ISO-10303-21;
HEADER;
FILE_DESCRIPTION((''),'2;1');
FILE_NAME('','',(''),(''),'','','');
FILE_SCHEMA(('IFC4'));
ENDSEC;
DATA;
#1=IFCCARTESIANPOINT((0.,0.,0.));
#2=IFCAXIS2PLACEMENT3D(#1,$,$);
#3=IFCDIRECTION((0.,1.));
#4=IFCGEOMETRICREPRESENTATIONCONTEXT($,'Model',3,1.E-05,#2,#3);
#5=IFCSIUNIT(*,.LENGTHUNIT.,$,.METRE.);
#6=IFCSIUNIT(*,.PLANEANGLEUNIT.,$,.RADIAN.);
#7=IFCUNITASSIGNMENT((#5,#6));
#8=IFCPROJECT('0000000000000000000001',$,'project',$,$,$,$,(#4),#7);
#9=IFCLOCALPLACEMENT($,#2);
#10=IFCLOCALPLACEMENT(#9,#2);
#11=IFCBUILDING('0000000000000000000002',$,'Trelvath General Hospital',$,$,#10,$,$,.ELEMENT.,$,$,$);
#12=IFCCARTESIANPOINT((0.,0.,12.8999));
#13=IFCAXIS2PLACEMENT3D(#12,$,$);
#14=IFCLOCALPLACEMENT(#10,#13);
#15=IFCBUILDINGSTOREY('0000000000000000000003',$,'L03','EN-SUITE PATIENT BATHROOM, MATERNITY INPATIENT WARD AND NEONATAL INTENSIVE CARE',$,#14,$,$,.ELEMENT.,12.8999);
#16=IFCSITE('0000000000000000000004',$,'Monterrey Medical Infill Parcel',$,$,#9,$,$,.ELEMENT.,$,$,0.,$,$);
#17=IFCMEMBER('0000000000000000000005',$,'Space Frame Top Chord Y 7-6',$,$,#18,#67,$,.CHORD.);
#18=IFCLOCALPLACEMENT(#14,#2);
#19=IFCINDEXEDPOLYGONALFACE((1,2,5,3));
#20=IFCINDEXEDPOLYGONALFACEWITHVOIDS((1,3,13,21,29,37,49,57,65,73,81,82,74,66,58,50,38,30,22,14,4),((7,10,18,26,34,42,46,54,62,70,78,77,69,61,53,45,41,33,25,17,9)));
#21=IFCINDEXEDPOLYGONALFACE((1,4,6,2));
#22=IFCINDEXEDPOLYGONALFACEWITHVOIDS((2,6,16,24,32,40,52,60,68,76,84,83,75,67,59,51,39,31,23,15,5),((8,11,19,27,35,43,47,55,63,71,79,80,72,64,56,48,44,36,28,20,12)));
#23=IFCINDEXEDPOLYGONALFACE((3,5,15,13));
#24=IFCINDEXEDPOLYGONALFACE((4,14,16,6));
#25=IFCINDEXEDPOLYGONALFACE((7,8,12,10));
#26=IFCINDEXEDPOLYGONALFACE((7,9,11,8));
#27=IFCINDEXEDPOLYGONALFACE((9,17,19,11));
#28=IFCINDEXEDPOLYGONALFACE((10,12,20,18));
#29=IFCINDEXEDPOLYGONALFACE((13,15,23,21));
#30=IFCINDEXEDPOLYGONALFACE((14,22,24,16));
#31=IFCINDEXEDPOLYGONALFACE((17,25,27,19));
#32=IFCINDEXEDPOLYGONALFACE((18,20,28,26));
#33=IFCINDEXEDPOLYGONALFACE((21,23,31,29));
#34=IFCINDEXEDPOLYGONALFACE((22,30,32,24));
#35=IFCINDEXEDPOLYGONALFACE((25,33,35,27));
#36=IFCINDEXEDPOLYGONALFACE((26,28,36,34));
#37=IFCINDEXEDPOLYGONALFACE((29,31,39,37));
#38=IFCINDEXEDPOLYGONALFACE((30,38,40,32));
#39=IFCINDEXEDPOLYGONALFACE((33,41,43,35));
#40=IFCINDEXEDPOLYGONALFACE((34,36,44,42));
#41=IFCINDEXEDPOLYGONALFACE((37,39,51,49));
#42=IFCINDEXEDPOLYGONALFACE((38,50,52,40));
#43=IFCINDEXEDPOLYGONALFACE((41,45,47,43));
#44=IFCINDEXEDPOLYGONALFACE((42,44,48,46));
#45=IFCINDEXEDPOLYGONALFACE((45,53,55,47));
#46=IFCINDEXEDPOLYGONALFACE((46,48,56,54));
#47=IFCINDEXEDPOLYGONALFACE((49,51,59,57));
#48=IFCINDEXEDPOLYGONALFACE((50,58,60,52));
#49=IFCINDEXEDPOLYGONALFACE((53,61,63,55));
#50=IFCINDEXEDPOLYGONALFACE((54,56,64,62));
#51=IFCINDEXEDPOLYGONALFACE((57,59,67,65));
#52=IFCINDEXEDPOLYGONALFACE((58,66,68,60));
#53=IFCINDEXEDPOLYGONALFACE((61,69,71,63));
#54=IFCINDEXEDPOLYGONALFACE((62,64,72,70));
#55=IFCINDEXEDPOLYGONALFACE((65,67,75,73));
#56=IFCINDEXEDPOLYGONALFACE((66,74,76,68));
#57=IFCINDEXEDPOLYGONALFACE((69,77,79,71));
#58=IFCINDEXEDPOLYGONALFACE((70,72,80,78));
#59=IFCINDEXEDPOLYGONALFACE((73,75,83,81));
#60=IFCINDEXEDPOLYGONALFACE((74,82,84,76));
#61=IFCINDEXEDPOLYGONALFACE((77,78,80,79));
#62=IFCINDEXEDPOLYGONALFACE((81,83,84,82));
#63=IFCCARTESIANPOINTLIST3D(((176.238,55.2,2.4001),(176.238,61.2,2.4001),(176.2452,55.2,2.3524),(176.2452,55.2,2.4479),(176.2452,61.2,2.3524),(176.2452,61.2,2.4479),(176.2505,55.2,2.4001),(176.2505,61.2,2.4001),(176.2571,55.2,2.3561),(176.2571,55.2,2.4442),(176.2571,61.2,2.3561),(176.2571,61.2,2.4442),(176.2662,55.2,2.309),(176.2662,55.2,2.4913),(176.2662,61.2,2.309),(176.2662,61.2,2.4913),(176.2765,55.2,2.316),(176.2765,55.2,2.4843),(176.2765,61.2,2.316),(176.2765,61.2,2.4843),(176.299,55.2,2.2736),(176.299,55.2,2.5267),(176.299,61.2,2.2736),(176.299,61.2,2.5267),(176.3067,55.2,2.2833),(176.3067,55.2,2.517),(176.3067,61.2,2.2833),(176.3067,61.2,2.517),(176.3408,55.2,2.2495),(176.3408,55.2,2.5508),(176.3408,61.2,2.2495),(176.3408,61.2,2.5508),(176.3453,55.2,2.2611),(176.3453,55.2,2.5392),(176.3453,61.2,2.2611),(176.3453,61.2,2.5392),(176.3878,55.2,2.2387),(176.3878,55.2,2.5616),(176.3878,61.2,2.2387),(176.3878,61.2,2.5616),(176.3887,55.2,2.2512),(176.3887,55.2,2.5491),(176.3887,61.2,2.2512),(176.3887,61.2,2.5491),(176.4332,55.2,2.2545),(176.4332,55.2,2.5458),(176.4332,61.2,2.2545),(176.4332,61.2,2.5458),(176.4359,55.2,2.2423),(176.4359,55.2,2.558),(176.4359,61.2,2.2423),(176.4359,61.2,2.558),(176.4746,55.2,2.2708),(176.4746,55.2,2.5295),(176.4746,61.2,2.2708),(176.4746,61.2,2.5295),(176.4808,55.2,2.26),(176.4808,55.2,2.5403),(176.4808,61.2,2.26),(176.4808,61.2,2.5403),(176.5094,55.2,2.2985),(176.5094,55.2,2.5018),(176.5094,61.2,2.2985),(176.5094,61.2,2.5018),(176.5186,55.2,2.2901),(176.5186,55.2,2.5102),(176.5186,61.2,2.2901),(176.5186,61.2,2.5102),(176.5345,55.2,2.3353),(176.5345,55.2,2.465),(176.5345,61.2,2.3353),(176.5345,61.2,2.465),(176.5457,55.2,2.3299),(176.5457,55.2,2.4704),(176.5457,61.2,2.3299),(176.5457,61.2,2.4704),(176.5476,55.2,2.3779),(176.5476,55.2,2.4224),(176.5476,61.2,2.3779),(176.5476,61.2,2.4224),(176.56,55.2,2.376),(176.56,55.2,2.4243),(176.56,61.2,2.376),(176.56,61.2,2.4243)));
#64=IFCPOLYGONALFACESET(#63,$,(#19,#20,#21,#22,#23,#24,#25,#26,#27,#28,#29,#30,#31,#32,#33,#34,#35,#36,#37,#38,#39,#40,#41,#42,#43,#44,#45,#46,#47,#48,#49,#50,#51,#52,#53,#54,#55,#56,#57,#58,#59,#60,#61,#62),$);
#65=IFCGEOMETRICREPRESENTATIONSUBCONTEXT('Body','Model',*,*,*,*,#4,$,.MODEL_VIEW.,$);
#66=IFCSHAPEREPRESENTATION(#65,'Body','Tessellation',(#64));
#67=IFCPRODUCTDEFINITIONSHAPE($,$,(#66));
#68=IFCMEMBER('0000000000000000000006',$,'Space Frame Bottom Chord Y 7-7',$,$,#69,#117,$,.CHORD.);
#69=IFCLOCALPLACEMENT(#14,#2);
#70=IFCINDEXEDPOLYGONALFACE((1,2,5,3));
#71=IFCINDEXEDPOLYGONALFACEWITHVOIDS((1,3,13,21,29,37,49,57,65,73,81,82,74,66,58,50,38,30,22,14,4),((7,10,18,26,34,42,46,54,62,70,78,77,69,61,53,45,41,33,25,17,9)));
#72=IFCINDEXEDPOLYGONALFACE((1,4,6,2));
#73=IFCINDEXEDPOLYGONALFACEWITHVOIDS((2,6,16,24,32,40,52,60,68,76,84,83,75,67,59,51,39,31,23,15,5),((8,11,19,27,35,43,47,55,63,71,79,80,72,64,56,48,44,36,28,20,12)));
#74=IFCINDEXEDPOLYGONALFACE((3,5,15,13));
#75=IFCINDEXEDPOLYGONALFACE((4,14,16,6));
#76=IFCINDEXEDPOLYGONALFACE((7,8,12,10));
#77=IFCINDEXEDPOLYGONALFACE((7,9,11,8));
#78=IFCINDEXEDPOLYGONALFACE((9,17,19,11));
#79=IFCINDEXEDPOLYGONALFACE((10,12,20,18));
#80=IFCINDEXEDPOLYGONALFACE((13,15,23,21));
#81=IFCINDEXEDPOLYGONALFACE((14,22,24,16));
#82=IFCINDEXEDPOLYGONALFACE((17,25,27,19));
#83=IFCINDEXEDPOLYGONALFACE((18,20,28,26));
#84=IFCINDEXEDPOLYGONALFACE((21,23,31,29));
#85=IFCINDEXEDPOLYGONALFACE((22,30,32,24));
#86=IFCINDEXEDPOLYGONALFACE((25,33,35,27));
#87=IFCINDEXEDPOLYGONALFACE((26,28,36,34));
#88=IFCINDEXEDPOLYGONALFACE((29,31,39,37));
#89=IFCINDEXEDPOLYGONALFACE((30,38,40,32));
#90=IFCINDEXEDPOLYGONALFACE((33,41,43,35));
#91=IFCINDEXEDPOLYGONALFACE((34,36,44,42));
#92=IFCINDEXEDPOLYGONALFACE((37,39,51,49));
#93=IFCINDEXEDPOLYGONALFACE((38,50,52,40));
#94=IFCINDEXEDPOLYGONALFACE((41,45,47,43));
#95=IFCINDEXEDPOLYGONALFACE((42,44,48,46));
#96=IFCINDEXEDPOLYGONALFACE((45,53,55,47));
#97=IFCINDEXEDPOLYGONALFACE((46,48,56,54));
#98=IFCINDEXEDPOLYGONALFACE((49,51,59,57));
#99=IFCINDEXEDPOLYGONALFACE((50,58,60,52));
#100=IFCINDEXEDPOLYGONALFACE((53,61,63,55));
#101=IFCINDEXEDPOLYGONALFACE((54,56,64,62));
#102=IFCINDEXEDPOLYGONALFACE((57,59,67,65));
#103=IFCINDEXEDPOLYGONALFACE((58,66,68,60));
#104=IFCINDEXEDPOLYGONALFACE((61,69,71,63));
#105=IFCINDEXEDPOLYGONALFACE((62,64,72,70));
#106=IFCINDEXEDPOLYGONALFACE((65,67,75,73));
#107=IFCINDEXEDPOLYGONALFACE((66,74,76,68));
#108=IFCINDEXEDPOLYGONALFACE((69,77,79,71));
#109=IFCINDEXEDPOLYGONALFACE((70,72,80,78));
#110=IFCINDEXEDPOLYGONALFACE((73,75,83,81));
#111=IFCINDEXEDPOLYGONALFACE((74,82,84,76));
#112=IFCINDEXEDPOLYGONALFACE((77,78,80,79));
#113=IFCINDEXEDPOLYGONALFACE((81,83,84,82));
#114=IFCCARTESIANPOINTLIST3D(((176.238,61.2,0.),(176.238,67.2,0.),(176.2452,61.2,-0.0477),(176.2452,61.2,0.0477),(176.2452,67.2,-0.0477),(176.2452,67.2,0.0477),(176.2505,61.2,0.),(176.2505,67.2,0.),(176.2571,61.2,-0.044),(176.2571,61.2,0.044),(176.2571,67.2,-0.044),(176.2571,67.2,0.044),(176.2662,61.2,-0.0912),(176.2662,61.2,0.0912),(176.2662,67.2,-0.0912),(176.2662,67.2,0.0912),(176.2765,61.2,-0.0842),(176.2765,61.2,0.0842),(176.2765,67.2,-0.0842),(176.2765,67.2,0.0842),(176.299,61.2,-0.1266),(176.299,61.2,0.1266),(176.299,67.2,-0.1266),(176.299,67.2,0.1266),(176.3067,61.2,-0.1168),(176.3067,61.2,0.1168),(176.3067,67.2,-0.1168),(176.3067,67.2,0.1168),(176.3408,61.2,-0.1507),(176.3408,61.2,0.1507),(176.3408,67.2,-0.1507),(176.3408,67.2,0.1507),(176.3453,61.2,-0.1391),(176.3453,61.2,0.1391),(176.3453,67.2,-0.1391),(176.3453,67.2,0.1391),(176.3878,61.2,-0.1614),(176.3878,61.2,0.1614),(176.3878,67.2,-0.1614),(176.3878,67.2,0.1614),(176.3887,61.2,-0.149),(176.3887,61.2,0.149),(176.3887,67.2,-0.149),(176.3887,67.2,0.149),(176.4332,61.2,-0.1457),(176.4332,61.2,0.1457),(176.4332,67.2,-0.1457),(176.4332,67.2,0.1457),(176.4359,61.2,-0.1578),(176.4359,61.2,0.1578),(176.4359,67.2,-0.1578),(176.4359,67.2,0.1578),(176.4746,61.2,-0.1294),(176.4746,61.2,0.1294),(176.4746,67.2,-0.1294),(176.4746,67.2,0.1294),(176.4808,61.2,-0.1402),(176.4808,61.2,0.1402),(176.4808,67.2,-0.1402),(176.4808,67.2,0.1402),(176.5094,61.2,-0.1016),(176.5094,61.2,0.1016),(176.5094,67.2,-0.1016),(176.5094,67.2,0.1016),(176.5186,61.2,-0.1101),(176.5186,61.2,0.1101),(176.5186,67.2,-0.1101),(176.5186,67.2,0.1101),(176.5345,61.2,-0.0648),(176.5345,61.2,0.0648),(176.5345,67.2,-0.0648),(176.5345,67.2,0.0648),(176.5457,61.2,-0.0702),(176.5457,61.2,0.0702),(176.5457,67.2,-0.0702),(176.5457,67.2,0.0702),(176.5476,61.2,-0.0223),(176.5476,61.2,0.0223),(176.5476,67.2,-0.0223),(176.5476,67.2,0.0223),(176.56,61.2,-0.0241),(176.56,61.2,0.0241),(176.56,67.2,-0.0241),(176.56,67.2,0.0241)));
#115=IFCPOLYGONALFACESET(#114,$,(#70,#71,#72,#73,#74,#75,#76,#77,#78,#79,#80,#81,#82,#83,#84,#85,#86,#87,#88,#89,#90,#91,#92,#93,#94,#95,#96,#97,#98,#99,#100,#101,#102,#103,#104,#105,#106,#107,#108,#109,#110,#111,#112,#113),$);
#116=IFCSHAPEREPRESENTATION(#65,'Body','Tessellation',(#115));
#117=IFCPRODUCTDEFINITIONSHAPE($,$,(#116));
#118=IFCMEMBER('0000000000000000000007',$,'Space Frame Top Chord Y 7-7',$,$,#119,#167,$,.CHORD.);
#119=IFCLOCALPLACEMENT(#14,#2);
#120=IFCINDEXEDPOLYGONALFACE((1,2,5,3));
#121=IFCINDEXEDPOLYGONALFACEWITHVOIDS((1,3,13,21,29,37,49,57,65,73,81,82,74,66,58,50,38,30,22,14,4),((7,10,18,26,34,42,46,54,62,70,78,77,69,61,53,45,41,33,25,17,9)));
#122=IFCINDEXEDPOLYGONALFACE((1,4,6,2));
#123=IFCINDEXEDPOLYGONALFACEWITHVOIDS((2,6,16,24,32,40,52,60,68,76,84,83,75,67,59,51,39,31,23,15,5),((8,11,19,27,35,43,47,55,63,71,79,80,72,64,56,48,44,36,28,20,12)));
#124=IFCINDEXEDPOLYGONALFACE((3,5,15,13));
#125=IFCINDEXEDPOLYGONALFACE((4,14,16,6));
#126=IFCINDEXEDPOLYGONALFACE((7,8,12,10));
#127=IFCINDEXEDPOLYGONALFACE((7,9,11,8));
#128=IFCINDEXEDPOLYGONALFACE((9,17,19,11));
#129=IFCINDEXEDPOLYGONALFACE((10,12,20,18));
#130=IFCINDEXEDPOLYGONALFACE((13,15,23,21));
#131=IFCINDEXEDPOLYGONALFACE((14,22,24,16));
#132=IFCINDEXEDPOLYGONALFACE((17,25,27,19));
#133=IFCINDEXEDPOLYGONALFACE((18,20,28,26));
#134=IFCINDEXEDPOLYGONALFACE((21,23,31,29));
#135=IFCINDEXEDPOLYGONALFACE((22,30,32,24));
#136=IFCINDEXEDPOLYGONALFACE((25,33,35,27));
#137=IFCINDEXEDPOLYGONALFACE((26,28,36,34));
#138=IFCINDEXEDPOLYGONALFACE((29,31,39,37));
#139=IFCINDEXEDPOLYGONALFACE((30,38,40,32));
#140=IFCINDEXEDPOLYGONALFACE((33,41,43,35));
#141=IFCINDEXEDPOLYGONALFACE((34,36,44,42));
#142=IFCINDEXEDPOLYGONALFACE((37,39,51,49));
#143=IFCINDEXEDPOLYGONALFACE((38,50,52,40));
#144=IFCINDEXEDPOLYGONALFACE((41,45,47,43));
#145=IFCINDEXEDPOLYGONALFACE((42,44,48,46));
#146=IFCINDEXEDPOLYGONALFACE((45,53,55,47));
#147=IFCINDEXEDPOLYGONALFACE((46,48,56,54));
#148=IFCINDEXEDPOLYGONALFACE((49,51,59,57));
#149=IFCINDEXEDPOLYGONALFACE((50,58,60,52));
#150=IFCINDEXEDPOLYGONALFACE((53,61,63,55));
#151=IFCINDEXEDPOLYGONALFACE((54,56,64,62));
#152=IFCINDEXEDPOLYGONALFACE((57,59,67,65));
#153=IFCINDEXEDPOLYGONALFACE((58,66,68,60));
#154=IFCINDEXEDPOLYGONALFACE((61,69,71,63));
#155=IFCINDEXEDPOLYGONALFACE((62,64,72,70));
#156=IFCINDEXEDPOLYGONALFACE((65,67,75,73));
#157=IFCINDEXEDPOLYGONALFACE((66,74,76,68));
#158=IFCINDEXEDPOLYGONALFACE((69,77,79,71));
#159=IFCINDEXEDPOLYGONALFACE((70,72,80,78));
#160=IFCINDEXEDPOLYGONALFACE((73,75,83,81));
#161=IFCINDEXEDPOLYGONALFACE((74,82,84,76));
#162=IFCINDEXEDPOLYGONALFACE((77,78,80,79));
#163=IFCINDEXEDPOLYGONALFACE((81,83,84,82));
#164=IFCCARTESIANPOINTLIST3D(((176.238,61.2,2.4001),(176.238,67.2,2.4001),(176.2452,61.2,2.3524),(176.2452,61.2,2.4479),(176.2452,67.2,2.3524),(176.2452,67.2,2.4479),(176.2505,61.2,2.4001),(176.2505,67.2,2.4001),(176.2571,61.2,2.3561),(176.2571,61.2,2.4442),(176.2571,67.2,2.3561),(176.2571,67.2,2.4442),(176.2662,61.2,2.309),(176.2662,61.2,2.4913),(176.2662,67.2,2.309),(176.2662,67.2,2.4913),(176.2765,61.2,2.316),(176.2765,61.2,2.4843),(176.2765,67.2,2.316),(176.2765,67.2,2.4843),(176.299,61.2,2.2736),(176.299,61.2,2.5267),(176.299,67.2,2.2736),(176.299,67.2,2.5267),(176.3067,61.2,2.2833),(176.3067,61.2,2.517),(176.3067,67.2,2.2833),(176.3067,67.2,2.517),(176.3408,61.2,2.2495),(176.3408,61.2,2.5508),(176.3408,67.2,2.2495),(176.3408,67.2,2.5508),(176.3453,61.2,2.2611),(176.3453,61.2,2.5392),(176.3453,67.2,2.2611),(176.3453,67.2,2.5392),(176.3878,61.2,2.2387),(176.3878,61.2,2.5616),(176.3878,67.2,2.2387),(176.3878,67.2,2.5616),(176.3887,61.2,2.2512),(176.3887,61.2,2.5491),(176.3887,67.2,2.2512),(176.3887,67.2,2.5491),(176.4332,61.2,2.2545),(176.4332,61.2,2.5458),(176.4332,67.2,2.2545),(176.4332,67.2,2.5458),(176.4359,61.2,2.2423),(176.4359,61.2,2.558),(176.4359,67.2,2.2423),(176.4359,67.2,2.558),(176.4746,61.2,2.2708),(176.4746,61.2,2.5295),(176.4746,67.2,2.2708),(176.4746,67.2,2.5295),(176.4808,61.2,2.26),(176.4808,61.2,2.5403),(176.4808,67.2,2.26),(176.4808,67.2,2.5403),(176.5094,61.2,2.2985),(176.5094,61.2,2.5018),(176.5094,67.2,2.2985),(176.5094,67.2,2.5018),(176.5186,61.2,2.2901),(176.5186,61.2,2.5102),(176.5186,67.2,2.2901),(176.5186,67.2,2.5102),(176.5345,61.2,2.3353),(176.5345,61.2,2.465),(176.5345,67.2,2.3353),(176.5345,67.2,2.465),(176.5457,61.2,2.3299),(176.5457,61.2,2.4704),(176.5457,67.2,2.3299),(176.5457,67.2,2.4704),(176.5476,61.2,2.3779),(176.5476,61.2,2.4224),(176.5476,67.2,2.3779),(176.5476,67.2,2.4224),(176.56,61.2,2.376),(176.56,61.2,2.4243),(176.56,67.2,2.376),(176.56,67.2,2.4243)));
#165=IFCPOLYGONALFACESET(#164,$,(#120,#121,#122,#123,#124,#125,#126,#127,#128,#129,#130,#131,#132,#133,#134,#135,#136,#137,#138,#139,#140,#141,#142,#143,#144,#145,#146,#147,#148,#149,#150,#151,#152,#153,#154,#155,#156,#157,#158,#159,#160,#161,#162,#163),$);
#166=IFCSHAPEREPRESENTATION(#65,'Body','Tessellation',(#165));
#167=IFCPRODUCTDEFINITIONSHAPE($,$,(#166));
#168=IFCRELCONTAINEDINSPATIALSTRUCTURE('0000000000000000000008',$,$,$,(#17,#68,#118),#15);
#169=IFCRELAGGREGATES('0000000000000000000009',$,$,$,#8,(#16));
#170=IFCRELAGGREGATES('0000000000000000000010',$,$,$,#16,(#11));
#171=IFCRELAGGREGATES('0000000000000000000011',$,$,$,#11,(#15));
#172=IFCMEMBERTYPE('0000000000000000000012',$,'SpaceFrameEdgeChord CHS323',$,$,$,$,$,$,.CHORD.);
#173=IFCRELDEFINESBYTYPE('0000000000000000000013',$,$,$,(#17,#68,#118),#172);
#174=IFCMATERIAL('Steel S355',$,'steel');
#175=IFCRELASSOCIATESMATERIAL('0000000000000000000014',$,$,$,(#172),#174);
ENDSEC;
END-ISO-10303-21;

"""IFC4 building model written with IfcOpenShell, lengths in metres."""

from ifc_helpers import new_model, si_unit, direction, frame, origin, origin_2d, place, context, subcontext, project, spatial, hollow_circle, extrude, material, material_profile, profile_set, type_object, element, save


model = new_model("IFC4")

# Units and contexts
model_context = context("Model", 3, precision=1e-05, world=origin(), true_north=direction((0.0, 1.0)))
body_context = subcontext(model_context, "Body", "Model", "MODEL_VIEW")
ifc_project = project(units=[si_unit("LENGTHUNIT", "METRE"), si_unit("PLANEANGLEUNIT", "RADIAN")], contexts=[model_context])

# Site, building, storey
site_placement = place(None, origin())
site = spatial("IfcSite", under=ifc_project, at=site_placement, Name="Monterrey Medical Infill Parcel", CompositionType="ELEMENT", RefElevation=0.0)
building_placement = place(site_placement, origin())
building = spatial("IfcBuilding", under=site, at=building_placement, Name="Trelvath General Hospital", CompositionType="ELEMENT")
storey_placement = place(building_placement, frame((0.0, 0.0, 12.8999)))
storey = spatial("IfcBuildingStorey", under=building, at=storey_placement, Name="L03", Description="EN-SUITE PATIENT BATHROOM, MATERNITY INPATIENT WARD AND NEONATAL INTENSIVE CARE", CompositionType="ELEMENT", Elevation=12.8999)

# Members
ifc_material_1 = material(Name="Steel S355", Category="steel")
ifc_material_profile_1 = material_profile(ifc_material_1, hollow_circle(Radius=0.1619, WallThickness=0.0125, at=origin_2d()), Name="CHS323.9x12.5")
ifc_profile_set_1 = profile_set([ifc_material_profile_1], Name="Steel S355")
member_type_1 = type_object("IfcMemberType", Name="SpaceFrameEdgeChord CHS323", PredefinedType="CHORD", material=ifc_profile_set_1)
for number, where, z_axis, x_axis, name in (
    (1, (176.3999, 55.2, 2.4001), (0.0, 1.0, 0.0), (-1.0, 0.0, 0.0), "Space Frame Top Chord Y 7-6"),
    (2, (176.3999, 61.2, 0.0), (0.0, 1.0, 0.0), (-1.0, 0.0, 0.0), "Space Frame Bottom Chord Y 7-7"),
    (3, (176.3999, 61.2, 2.4001), (0.0, 1.0, 0.0), (-1.0, 0.0, 0.0), "Space Frame Top Chord Y 7-7"),
):
    element("IfcMember", number, at=place(storey_placement, frame(where, z_axis=z_axis, x_axis=x_axis)), inside=storey, type_object=member_type_1, Name=name, PredefinedType="CHORD", context=body_context, shape_type="SweptSolid", body=[
        extrude(hollow_circle(Radius=0.1619, WallThickness=0.0125, at=origin_2d()), origin(), (0.0, 0.0, 1.0), 6.0),
    ])

save(model, "model.ifc")
